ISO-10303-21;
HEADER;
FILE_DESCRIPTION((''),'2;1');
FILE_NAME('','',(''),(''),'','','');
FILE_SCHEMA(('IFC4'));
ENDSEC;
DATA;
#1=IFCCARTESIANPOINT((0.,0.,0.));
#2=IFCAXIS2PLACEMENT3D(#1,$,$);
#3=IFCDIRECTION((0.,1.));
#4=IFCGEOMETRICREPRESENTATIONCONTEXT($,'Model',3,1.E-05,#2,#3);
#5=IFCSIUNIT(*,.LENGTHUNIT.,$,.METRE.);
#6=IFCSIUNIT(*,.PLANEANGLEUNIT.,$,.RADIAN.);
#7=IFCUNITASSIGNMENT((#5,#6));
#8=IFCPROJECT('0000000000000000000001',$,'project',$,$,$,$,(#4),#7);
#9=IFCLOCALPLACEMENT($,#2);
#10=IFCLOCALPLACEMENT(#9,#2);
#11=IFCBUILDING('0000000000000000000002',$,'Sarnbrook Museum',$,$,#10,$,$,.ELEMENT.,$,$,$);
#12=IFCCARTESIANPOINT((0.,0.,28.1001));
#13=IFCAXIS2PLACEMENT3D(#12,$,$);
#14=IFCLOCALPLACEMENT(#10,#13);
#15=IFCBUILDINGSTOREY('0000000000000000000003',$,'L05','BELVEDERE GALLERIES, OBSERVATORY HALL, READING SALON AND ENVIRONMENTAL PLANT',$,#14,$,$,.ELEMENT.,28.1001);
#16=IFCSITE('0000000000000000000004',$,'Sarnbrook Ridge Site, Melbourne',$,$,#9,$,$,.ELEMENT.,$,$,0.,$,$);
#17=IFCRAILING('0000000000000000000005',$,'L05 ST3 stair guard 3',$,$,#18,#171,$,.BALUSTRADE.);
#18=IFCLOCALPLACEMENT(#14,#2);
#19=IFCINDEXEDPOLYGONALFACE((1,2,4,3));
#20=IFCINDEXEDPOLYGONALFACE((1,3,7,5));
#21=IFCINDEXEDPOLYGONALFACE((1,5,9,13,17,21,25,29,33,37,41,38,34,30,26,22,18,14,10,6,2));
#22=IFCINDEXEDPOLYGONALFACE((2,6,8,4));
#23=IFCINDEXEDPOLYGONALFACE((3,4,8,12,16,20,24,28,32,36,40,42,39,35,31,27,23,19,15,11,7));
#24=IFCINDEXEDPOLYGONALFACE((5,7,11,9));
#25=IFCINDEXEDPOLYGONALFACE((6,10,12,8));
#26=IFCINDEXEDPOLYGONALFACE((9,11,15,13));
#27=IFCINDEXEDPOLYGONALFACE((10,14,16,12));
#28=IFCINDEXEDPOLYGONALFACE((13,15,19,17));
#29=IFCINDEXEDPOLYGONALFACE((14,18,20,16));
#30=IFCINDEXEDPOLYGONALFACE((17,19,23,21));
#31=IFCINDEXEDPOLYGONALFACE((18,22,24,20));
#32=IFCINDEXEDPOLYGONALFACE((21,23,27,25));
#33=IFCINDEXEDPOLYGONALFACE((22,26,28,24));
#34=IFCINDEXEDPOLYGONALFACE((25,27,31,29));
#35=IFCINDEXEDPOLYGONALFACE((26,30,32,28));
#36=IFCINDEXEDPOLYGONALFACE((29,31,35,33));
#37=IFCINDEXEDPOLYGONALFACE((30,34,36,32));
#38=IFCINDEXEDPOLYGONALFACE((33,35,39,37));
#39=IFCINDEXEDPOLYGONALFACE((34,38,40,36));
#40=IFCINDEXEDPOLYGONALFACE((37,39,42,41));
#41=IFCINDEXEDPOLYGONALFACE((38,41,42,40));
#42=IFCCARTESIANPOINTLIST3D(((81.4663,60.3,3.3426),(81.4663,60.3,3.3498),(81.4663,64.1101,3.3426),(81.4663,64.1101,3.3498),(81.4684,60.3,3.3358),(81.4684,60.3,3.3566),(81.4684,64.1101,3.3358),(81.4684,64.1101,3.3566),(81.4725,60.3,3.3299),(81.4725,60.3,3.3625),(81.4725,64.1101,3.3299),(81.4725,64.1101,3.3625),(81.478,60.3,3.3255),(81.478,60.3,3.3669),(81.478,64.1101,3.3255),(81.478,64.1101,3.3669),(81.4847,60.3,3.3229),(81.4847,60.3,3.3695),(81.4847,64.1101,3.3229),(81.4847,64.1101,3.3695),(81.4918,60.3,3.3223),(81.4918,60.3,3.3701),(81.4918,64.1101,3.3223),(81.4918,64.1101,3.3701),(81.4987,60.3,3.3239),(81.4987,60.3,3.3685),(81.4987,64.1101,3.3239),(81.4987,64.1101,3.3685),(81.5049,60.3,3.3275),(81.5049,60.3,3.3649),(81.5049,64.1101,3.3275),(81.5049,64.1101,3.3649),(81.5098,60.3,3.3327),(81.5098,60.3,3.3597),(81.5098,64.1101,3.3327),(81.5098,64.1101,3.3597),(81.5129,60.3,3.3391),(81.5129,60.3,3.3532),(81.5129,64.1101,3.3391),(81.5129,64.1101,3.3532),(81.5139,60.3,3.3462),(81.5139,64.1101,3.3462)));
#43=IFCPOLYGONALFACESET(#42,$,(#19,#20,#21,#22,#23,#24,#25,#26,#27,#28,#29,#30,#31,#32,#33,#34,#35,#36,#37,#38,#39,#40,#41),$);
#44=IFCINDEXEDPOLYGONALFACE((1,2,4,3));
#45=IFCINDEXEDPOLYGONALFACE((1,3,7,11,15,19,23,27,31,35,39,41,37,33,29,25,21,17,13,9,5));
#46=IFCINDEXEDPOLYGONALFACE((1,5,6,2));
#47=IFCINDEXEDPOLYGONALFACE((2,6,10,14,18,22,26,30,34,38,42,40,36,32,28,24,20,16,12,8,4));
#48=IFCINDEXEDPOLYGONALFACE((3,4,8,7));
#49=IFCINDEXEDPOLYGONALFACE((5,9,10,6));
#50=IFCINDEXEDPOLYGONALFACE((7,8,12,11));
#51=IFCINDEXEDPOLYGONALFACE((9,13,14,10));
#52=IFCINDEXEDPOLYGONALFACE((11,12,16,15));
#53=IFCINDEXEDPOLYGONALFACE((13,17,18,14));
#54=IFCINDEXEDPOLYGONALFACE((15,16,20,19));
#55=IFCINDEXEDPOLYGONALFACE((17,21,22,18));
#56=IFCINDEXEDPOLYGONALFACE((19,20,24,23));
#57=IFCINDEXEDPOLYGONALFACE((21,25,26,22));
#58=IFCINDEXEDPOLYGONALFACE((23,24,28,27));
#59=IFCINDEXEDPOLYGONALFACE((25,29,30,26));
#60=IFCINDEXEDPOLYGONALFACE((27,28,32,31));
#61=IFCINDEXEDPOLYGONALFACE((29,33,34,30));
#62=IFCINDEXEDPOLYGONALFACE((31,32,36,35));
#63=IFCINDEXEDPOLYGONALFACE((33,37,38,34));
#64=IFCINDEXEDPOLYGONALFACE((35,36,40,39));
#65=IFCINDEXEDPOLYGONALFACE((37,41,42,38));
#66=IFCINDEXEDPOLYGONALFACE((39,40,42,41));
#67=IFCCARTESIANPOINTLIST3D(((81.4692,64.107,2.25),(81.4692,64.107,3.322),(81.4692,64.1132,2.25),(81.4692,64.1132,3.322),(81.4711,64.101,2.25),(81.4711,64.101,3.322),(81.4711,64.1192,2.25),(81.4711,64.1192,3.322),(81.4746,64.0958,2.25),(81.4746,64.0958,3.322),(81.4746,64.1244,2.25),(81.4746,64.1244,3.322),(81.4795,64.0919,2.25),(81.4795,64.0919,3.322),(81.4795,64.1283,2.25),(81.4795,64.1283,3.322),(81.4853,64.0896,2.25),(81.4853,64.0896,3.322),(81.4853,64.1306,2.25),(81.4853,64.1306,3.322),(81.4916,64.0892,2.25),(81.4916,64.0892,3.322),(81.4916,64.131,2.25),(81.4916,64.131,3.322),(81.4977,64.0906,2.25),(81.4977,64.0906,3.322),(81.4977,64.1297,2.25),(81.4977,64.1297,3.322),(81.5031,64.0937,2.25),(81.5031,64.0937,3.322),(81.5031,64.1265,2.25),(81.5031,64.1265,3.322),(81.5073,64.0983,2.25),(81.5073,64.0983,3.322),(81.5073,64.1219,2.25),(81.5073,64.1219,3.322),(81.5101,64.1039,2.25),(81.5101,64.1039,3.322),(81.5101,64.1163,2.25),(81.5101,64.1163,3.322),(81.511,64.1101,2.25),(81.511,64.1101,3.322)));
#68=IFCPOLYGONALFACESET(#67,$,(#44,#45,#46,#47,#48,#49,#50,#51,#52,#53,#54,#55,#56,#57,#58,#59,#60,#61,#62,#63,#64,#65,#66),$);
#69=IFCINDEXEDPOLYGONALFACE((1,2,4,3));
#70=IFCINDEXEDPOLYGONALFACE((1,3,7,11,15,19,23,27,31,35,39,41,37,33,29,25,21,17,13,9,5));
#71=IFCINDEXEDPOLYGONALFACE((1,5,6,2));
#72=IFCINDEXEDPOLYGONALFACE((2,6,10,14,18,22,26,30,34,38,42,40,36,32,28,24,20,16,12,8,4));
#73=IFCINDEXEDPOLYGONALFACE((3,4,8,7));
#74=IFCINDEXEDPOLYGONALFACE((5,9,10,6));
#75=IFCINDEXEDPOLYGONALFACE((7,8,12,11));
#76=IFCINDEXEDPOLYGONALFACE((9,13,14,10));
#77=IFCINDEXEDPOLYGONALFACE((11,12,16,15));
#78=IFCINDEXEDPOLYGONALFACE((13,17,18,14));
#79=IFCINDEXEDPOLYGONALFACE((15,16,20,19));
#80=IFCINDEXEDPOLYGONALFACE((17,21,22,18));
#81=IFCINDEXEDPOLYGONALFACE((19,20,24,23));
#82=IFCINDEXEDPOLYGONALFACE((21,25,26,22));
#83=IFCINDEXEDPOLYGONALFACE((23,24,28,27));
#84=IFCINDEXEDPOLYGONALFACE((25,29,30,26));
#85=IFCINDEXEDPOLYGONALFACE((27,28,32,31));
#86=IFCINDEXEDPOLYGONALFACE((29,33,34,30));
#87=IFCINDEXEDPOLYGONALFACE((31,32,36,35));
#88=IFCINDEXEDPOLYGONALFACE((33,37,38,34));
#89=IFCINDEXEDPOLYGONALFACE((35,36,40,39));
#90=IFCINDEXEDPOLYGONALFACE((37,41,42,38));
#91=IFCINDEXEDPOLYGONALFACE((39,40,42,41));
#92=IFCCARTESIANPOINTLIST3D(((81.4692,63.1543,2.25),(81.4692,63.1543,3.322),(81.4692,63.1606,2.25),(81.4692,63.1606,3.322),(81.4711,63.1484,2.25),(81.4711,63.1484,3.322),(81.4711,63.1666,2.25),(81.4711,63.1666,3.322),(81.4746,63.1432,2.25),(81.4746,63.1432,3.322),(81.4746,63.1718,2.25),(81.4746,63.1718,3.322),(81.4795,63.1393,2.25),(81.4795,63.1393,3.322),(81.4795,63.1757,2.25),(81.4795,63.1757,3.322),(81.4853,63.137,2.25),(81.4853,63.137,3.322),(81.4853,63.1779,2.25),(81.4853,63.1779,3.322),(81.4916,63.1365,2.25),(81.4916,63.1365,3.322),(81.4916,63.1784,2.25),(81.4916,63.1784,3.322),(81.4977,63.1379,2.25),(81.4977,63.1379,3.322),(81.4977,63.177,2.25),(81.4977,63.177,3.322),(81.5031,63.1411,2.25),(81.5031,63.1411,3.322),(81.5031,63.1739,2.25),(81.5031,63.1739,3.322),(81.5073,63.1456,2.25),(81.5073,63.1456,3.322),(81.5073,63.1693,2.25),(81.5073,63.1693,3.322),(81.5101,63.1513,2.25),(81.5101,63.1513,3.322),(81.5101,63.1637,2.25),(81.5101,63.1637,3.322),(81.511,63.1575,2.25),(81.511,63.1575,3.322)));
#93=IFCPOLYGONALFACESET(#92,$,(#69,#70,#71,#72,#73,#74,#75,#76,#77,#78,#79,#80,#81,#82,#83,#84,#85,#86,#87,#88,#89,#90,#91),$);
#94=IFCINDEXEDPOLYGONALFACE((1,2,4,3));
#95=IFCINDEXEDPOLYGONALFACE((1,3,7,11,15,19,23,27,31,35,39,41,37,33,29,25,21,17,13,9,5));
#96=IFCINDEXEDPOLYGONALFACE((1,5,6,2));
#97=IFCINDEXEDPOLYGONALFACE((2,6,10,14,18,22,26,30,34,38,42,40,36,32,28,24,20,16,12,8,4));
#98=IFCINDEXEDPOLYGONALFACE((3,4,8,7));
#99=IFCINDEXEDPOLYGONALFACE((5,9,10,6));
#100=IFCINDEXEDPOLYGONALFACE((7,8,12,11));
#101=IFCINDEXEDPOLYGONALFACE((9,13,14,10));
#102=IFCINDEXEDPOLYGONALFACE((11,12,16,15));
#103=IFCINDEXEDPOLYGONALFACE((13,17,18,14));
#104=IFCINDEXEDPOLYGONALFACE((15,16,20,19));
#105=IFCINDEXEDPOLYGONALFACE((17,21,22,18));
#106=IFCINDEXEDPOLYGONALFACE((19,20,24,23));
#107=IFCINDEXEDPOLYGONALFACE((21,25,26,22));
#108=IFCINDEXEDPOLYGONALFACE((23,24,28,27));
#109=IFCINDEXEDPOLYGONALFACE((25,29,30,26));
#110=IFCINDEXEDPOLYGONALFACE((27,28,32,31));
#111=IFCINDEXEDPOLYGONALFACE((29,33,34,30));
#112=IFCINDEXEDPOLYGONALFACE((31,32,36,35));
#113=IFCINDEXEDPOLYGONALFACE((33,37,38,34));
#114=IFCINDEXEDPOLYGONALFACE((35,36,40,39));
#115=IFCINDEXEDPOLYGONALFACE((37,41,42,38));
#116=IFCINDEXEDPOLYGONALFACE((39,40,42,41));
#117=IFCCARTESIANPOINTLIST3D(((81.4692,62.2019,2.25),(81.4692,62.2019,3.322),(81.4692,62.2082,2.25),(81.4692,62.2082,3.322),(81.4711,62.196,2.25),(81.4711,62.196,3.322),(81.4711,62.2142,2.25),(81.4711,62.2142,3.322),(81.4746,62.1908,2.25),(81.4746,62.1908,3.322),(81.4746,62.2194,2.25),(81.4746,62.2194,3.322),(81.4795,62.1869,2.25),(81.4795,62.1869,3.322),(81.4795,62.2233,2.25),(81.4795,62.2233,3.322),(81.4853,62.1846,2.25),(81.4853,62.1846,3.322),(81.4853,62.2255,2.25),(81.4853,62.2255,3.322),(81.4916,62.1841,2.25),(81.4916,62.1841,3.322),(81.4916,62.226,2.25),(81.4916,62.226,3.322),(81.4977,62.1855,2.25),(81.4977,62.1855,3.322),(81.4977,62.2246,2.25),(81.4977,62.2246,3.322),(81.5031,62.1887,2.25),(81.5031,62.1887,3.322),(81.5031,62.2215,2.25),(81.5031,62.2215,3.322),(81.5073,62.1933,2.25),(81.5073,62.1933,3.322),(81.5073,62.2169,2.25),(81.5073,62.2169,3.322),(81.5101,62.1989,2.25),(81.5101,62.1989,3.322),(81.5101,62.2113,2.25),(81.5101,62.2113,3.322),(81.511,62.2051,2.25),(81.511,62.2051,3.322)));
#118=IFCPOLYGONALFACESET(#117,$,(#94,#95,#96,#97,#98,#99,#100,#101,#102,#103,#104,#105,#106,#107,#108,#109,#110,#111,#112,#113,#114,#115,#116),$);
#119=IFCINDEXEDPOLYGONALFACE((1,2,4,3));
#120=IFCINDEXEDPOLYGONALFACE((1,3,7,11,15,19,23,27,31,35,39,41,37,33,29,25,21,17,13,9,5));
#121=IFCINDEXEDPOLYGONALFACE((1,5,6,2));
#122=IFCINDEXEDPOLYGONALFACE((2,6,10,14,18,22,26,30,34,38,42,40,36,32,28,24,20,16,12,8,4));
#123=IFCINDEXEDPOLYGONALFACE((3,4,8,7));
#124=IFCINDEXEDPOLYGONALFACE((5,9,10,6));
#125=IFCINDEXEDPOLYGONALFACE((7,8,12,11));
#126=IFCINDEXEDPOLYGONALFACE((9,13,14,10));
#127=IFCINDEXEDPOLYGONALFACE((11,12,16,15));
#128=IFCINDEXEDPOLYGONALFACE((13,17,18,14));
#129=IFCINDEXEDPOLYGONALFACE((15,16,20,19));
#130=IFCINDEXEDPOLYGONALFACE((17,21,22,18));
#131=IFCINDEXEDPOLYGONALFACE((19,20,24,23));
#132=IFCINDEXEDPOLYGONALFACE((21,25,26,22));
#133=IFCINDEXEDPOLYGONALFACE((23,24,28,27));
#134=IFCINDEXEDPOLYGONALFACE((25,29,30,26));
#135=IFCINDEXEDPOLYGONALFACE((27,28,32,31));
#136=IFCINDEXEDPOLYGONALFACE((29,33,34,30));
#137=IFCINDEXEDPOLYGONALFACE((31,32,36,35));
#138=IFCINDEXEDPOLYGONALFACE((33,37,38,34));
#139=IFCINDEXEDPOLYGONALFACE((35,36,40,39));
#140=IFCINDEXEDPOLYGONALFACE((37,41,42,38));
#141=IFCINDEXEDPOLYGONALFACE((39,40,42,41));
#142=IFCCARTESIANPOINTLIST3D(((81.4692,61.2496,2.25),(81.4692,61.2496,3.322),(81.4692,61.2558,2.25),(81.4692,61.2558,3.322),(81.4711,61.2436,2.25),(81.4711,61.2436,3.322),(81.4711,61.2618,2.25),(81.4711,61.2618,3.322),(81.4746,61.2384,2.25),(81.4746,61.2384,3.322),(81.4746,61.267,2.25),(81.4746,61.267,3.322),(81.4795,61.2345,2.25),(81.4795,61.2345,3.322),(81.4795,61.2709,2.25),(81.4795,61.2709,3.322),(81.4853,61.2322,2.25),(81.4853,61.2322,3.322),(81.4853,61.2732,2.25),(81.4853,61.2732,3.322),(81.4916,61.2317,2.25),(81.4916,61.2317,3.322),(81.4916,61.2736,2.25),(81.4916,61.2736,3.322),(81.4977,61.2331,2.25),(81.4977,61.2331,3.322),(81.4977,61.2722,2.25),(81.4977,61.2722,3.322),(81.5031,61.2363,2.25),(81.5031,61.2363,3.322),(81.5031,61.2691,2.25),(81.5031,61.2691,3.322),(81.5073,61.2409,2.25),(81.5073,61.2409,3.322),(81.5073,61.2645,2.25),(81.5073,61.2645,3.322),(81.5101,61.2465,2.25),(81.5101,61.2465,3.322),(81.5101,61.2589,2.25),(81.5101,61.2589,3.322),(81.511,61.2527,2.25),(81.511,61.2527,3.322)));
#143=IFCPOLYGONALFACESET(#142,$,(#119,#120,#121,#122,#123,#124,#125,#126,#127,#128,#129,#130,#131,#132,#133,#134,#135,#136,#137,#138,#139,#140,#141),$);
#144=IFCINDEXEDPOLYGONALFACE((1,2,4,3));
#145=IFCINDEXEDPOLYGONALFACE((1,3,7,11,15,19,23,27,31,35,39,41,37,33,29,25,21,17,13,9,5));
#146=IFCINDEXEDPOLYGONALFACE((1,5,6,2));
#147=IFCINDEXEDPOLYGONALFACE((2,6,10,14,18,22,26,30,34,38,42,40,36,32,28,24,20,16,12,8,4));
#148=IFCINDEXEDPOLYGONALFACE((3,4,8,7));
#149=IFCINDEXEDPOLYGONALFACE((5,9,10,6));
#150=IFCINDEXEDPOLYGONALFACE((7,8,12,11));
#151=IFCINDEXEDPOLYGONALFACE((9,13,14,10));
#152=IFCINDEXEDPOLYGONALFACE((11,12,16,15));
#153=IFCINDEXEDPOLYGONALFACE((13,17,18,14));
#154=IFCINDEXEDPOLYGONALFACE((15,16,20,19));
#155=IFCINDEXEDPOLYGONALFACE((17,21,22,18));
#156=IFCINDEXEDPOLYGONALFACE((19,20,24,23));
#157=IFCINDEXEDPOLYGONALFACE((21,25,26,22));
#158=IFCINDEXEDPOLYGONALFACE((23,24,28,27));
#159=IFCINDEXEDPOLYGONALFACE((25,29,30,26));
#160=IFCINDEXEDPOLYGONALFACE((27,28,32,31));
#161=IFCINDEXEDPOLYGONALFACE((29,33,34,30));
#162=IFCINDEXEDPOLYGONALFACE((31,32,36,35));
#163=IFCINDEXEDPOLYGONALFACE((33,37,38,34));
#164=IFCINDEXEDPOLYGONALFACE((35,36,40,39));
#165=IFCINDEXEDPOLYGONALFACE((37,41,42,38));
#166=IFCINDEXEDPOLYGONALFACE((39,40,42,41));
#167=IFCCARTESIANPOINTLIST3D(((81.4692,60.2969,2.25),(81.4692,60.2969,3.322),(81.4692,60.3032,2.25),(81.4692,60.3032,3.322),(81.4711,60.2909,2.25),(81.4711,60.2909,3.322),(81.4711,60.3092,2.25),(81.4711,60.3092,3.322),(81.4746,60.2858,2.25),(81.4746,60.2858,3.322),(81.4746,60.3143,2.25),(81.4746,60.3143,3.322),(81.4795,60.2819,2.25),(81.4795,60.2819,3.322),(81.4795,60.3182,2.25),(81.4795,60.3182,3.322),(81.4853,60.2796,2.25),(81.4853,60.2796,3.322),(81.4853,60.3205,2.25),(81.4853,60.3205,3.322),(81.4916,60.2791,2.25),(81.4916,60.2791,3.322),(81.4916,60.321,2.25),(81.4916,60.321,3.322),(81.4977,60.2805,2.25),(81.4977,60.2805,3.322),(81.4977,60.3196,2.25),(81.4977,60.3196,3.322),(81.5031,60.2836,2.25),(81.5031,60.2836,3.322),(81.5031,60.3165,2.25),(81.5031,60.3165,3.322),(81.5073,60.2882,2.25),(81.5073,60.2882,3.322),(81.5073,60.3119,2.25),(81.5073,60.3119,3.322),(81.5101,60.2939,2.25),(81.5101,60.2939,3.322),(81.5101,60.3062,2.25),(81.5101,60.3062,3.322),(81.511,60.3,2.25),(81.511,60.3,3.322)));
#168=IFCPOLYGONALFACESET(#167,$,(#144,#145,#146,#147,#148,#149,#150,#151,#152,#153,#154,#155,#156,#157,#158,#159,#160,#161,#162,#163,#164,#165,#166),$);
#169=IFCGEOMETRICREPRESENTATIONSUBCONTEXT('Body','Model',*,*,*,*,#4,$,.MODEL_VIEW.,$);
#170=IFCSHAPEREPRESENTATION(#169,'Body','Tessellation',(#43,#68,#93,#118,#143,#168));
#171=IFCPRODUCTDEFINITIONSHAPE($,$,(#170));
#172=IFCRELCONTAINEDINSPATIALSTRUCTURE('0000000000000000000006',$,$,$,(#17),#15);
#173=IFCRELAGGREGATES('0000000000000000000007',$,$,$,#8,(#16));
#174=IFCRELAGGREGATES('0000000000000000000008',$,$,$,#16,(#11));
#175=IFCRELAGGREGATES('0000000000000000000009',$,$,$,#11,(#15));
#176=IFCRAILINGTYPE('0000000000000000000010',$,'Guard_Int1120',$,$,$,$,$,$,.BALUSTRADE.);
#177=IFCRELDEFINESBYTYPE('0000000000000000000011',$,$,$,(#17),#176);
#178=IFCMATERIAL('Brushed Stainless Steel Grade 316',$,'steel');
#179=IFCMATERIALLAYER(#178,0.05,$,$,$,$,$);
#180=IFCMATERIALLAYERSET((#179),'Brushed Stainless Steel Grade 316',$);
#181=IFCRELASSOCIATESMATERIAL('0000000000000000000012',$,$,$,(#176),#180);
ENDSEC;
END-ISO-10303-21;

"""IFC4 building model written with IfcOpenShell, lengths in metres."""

from ifc_helpers import new_model, si_unit, direction, frame, origin, origin_2d, place, context, subcontext, project, spatial, circle, extrude, material, layer, layer_set, type_object, element, save


model = new_model("IFC4")

# Units and contexts
model_context = context("Model", 3, precision=1e-05, world=origin(), true_north=direction((0.0, 1.0)))
body_context = subcontext(model_context, "Body", "Model", "MODEL_VIEW")
ifc_project = project(units=[si_unit("LENGTHUNIT", "METRE"), si_unit("PLANEANGLEUNIT", "RADIAN")], contexts=[model_context])

# Site, building, storey
site_placement = place(None, origin())
site = spatial("IfcSite", under=ifc_project, at=site_placement, Name="Sarnbrook Ridge Site, Melbourne", CompositionType="ELEMENT", RefElevation=0.0)
building_placement = place(site_placement, origin())
building = spatial("IfcBuilding", under=site, at=building_placement, Name="Sarnbrook Museum", CompositionType="ELEMENT")
storey_placement = place(building_placement, frame((0.0, 0.0, 28.1001)))
storey = spatial("IfcBuildingStorey", under=building, at=storey_placement, Name="L05", Description="BELVEDERE GALLERIES, OBSERVATORY HALL, READING SALON AND ENVIRONMENTAL PLANT", CompositionType="ELEMENT", Elevation=28.1001)

# Shared definitions
ifc_material_1 = material(Name="Brushed Stainless Steel Grade 316", Category="steel")

# Railing
ifc_layer_1 = layer(ifc_material_1, 0.05)
ifc_layer_set_1 = layer_set([ifc_layer_1], Name="Brushed Stainless Steel Grade 316")
railing_type_1 = type_object("IfcRailingType", Name="Guard_Int1120", PredefinedType="BALUSTRADE", material=ifc_layer_set_1)
for number, where, name in (
    (1, (81.49, 64.1101, 2.25), "L05 ST3 stair guard 3"),
):
    element("IfcRailing", number, at=place(storey_placement, frame(where)), inside=storey, type_object=railing_type_1, Name=name, PredefinedType="BALUSTRADE", context=body_context, shape_type="SweptSolid", body=[
        extrude(circle(Radius=0.0239, at=origin_2d()), frame((0.0, 0.0, 1.0962), z_axis=(0.0, -1.0, 0.0), x_axis=(1.0, 0.0, 0.0)), (0.0, 0.0, 1.0), 3.8101),
        extrude(circle(Radius=0.021, at=origin_2d()), origin(), (0.0, 0.0, 1.0), 1.072),
        extrude(circle(Radius=0.021, at=origin_2d()), frame((0.0, -0.9526, 0.0)), (0.0, 0.0, 1.0), 1.072),
        extrude(circle(Radius=0.021, at=origin_2d()), frame((0.0, -1.905, 0.0)), (0.0, 0.0, 1.0), 1.072),
        extrude(circle(Radius=0.021, at=origin_2d()), frame((0.0, -2.8574, 0.0)), (0.0, 0.0, 1.0), 1.072),
        extrude(circle(Radius=0.021, at=origin_2d()), frame((0.0, -3.8101, 0.0)), (0.0, 0.0, 1.0), 1.072),
    ])

save(model, "model.ifc")
